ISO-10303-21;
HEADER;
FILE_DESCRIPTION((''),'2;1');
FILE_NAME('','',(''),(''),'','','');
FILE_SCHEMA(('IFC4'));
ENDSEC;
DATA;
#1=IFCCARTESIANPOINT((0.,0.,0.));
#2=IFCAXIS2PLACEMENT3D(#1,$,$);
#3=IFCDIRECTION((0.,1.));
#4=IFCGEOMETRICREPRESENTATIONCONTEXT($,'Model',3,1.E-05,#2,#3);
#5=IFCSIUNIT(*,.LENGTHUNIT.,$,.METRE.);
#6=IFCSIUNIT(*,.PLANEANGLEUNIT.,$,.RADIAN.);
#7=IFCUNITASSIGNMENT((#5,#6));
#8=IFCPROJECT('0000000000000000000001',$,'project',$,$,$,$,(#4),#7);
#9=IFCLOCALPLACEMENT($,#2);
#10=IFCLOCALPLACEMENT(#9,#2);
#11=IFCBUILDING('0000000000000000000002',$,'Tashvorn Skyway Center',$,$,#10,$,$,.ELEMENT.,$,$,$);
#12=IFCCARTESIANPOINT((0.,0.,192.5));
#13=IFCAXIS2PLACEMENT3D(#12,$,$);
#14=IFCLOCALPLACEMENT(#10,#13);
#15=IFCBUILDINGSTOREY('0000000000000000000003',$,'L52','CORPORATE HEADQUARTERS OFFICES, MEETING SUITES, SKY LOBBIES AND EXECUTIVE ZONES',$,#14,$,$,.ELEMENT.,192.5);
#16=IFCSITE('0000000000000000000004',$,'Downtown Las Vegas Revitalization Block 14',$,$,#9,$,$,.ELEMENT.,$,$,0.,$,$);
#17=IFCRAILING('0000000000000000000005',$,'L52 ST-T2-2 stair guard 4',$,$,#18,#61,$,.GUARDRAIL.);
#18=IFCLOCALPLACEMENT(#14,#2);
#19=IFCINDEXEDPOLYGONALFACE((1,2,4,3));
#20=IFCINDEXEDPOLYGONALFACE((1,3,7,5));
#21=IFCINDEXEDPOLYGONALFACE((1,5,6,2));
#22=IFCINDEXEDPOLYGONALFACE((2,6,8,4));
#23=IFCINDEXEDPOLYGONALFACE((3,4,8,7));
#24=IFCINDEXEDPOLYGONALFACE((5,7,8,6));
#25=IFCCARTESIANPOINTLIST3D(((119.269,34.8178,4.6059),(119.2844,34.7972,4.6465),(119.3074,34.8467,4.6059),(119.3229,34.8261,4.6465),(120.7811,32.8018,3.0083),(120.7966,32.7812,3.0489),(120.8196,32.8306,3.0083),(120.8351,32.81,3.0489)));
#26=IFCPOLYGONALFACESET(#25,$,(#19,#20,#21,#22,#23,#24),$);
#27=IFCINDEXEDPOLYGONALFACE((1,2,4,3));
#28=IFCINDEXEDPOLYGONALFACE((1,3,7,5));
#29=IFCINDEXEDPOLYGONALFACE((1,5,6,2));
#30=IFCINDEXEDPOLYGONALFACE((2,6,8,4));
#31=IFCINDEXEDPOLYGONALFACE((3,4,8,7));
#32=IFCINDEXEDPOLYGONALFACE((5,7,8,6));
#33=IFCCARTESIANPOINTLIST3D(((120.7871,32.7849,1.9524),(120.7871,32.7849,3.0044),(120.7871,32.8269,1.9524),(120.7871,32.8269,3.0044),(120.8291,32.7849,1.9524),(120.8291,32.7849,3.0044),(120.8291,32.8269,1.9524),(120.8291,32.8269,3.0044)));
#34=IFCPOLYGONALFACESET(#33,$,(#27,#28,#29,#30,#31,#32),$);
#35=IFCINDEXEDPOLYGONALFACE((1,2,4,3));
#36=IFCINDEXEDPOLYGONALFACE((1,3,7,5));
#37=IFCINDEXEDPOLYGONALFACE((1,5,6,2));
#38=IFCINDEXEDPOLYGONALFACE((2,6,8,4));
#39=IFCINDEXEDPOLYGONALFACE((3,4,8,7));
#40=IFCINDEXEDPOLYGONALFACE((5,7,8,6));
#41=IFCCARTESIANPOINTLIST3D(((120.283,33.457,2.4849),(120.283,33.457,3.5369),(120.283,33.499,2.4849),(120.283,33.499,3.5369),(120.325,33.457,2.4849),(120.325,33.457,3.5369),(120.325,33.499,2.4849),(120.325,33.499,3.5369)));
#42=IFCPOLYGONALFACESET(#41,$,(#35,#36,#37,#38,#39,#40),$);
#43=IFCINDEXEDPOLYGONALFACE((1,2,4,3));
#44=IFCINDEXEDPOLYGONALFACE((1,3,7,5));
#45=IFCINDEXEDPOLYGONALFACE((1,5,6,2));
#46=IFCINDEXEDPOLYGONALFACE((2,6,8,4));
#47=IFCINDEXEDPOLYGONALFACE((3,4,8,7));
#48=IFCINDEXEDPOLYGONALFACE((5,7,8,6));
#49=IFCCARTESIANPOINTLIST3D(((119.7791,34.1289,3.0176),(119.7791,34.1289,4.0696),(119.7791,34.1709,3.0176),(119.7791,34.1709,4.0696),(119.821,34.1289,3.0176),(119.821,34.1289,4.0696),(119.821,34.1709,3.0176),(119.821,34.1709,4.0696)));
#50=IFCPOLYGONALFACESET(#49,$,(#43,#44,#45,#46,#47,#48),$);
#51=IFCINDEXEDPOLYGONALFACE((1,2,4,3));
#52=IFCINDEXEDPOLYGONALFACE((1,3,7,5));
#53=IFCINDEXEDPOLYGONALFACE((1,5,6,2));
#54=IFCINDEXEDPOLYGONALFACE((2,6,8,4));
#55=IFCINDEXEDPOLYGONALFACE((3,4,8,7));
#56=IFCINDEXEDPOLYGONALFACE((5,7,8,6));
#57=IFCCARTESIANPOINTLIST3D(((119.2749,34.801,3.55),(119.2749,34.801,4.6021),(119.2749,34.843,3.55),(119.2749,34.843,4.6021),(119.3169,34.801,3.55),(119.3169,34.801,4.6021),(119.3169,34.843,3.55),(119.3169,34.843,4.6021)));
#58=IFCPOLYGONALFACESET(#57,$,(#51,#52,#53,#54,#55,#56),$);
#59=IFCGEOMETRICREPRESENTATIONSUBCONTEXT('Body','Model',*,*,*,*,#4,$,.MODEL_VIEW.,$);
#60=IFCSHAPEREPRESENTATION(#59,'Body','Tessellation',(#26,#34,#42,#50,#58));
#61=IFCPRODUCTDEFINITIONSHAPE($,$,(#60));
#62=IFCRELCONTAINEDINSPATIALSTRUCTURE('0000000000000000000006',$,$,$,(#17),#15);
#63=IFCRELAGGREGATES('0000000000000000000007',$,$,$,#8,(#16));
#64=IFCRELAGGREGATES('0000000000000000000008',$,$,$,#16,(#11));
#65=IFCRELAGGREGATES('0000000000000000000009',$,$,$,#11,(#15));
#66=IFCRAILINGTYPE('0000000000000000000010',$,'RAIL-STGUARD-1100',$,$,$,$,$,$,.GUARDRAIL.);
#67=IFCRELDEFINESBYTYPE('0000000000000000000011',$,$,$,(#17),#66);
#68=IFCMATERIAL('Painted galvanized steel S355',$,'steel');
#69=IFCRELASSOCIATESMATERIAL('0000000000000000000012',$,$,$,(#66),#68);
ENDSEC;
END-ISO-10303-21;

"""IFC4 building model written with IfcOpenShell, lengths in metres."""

from ifc_helpers import new_model, si_unit, direction, frame, origin, origin_2d, place, context, subcontext, project, spatial, rectangle, extrude, material, type_object, element, save


model = new_model("IFC4")

# Units and contexts
model_context = context("Model", 3, precision=1e-05, world=origin(), true_north=direction((0.0, 1.0)))
body_context = subcontext(model_context, "Body", "Model", "MODEL_VIEW")
ifc_project = project(units=[si_unit("LENGTHUNIT", "METRE"), si_unit("PLANEANGLEUNIT", "RADIAN")], contexts=[model_context])

# Site, building, storey
site_placement = place(None, origin())
site = spatial("IfcSite", under=ifc_project, at=site_placement, Name="Downtown Las Vegas Revitalization Block 14", CompositionType="ELEMENT", RefElevation=0.0)
building_placement = place(site_placement, origin())
building = spatial("IfcBuilding", under=site, at=building_placement, Name="Tashvorn Skyway Center", CompositionType="ELEMENT")
storey_placement = place(building_placement, frame((0.0, 0.0, 192.5)))
storey = spatial("IfcBuildingStorey", under=building, at=storey_placement, Name="L52", Description="CORPORATE HEADQUARTERS OFFICES, MEETING SUITES, SKY LOBBIES AND EXECUTIVE ZONES", CompositionType="ELEMENT", Elevation=192.5)

# Railing
ifc_material_1 = material(Name="Painted galvanized steel S355", Category="steel")
railing_type_1 = type_object("IfcRailingType", Name="RAIL-STGUARD-1100", PredefinedType="GUARDRAIL", material=ifc_material_1)
railing_1_placement = place(storey_placement, frame((120.8081, 32.8059, 1.9524)))
element("IfcRailing", 1, at=railing_1_placement, inside=storey, type_object=railing_type_1, Name="L52 ST-T2-2 stair guard 4", PredefinedType="GUARDRAIL", context=body_context, shape_type="SweptSolid", body=[
    extrude(rectangle(XDim=0.0481, YDim=0.0481, at=origin_2d()), frame((0.0, 0.0, 1.0762), z_axis=(-0.506779, 0.675651, 0.535416), x_axis=(-0.799977, -0.600031, 0.0)), (0.0, 0.0, 1.0), 2.9839),
    extrude(rectangle(XDim=0.042, YDim=0.042, at=origin_2d()), origin(), (0.0, 0.0, 1.0), 1.052),
    extrude(rectangle(XDim=0.042, YDim=0.042, at=origin_2d()), frame((-0.5042, 0.6721, 0.5325)), (0.0, 0.0, 1.0), 1.052),
    extrude(rectangle(XDim=0.042, YDim=0.042, at=origin_2d()), frame((-1.0081, 1.344, 1.0652)), (0.0, 0.0, 1.0), 1.052),
    extrude(rectangle(XDim=0.042, YDim=0.042, at=origin_2d()), frame((-1.5122, 2.0161, 1.5977)), (0.0, 0.0, 1.0), 1.052),
])

save(model, "model.ifc")
